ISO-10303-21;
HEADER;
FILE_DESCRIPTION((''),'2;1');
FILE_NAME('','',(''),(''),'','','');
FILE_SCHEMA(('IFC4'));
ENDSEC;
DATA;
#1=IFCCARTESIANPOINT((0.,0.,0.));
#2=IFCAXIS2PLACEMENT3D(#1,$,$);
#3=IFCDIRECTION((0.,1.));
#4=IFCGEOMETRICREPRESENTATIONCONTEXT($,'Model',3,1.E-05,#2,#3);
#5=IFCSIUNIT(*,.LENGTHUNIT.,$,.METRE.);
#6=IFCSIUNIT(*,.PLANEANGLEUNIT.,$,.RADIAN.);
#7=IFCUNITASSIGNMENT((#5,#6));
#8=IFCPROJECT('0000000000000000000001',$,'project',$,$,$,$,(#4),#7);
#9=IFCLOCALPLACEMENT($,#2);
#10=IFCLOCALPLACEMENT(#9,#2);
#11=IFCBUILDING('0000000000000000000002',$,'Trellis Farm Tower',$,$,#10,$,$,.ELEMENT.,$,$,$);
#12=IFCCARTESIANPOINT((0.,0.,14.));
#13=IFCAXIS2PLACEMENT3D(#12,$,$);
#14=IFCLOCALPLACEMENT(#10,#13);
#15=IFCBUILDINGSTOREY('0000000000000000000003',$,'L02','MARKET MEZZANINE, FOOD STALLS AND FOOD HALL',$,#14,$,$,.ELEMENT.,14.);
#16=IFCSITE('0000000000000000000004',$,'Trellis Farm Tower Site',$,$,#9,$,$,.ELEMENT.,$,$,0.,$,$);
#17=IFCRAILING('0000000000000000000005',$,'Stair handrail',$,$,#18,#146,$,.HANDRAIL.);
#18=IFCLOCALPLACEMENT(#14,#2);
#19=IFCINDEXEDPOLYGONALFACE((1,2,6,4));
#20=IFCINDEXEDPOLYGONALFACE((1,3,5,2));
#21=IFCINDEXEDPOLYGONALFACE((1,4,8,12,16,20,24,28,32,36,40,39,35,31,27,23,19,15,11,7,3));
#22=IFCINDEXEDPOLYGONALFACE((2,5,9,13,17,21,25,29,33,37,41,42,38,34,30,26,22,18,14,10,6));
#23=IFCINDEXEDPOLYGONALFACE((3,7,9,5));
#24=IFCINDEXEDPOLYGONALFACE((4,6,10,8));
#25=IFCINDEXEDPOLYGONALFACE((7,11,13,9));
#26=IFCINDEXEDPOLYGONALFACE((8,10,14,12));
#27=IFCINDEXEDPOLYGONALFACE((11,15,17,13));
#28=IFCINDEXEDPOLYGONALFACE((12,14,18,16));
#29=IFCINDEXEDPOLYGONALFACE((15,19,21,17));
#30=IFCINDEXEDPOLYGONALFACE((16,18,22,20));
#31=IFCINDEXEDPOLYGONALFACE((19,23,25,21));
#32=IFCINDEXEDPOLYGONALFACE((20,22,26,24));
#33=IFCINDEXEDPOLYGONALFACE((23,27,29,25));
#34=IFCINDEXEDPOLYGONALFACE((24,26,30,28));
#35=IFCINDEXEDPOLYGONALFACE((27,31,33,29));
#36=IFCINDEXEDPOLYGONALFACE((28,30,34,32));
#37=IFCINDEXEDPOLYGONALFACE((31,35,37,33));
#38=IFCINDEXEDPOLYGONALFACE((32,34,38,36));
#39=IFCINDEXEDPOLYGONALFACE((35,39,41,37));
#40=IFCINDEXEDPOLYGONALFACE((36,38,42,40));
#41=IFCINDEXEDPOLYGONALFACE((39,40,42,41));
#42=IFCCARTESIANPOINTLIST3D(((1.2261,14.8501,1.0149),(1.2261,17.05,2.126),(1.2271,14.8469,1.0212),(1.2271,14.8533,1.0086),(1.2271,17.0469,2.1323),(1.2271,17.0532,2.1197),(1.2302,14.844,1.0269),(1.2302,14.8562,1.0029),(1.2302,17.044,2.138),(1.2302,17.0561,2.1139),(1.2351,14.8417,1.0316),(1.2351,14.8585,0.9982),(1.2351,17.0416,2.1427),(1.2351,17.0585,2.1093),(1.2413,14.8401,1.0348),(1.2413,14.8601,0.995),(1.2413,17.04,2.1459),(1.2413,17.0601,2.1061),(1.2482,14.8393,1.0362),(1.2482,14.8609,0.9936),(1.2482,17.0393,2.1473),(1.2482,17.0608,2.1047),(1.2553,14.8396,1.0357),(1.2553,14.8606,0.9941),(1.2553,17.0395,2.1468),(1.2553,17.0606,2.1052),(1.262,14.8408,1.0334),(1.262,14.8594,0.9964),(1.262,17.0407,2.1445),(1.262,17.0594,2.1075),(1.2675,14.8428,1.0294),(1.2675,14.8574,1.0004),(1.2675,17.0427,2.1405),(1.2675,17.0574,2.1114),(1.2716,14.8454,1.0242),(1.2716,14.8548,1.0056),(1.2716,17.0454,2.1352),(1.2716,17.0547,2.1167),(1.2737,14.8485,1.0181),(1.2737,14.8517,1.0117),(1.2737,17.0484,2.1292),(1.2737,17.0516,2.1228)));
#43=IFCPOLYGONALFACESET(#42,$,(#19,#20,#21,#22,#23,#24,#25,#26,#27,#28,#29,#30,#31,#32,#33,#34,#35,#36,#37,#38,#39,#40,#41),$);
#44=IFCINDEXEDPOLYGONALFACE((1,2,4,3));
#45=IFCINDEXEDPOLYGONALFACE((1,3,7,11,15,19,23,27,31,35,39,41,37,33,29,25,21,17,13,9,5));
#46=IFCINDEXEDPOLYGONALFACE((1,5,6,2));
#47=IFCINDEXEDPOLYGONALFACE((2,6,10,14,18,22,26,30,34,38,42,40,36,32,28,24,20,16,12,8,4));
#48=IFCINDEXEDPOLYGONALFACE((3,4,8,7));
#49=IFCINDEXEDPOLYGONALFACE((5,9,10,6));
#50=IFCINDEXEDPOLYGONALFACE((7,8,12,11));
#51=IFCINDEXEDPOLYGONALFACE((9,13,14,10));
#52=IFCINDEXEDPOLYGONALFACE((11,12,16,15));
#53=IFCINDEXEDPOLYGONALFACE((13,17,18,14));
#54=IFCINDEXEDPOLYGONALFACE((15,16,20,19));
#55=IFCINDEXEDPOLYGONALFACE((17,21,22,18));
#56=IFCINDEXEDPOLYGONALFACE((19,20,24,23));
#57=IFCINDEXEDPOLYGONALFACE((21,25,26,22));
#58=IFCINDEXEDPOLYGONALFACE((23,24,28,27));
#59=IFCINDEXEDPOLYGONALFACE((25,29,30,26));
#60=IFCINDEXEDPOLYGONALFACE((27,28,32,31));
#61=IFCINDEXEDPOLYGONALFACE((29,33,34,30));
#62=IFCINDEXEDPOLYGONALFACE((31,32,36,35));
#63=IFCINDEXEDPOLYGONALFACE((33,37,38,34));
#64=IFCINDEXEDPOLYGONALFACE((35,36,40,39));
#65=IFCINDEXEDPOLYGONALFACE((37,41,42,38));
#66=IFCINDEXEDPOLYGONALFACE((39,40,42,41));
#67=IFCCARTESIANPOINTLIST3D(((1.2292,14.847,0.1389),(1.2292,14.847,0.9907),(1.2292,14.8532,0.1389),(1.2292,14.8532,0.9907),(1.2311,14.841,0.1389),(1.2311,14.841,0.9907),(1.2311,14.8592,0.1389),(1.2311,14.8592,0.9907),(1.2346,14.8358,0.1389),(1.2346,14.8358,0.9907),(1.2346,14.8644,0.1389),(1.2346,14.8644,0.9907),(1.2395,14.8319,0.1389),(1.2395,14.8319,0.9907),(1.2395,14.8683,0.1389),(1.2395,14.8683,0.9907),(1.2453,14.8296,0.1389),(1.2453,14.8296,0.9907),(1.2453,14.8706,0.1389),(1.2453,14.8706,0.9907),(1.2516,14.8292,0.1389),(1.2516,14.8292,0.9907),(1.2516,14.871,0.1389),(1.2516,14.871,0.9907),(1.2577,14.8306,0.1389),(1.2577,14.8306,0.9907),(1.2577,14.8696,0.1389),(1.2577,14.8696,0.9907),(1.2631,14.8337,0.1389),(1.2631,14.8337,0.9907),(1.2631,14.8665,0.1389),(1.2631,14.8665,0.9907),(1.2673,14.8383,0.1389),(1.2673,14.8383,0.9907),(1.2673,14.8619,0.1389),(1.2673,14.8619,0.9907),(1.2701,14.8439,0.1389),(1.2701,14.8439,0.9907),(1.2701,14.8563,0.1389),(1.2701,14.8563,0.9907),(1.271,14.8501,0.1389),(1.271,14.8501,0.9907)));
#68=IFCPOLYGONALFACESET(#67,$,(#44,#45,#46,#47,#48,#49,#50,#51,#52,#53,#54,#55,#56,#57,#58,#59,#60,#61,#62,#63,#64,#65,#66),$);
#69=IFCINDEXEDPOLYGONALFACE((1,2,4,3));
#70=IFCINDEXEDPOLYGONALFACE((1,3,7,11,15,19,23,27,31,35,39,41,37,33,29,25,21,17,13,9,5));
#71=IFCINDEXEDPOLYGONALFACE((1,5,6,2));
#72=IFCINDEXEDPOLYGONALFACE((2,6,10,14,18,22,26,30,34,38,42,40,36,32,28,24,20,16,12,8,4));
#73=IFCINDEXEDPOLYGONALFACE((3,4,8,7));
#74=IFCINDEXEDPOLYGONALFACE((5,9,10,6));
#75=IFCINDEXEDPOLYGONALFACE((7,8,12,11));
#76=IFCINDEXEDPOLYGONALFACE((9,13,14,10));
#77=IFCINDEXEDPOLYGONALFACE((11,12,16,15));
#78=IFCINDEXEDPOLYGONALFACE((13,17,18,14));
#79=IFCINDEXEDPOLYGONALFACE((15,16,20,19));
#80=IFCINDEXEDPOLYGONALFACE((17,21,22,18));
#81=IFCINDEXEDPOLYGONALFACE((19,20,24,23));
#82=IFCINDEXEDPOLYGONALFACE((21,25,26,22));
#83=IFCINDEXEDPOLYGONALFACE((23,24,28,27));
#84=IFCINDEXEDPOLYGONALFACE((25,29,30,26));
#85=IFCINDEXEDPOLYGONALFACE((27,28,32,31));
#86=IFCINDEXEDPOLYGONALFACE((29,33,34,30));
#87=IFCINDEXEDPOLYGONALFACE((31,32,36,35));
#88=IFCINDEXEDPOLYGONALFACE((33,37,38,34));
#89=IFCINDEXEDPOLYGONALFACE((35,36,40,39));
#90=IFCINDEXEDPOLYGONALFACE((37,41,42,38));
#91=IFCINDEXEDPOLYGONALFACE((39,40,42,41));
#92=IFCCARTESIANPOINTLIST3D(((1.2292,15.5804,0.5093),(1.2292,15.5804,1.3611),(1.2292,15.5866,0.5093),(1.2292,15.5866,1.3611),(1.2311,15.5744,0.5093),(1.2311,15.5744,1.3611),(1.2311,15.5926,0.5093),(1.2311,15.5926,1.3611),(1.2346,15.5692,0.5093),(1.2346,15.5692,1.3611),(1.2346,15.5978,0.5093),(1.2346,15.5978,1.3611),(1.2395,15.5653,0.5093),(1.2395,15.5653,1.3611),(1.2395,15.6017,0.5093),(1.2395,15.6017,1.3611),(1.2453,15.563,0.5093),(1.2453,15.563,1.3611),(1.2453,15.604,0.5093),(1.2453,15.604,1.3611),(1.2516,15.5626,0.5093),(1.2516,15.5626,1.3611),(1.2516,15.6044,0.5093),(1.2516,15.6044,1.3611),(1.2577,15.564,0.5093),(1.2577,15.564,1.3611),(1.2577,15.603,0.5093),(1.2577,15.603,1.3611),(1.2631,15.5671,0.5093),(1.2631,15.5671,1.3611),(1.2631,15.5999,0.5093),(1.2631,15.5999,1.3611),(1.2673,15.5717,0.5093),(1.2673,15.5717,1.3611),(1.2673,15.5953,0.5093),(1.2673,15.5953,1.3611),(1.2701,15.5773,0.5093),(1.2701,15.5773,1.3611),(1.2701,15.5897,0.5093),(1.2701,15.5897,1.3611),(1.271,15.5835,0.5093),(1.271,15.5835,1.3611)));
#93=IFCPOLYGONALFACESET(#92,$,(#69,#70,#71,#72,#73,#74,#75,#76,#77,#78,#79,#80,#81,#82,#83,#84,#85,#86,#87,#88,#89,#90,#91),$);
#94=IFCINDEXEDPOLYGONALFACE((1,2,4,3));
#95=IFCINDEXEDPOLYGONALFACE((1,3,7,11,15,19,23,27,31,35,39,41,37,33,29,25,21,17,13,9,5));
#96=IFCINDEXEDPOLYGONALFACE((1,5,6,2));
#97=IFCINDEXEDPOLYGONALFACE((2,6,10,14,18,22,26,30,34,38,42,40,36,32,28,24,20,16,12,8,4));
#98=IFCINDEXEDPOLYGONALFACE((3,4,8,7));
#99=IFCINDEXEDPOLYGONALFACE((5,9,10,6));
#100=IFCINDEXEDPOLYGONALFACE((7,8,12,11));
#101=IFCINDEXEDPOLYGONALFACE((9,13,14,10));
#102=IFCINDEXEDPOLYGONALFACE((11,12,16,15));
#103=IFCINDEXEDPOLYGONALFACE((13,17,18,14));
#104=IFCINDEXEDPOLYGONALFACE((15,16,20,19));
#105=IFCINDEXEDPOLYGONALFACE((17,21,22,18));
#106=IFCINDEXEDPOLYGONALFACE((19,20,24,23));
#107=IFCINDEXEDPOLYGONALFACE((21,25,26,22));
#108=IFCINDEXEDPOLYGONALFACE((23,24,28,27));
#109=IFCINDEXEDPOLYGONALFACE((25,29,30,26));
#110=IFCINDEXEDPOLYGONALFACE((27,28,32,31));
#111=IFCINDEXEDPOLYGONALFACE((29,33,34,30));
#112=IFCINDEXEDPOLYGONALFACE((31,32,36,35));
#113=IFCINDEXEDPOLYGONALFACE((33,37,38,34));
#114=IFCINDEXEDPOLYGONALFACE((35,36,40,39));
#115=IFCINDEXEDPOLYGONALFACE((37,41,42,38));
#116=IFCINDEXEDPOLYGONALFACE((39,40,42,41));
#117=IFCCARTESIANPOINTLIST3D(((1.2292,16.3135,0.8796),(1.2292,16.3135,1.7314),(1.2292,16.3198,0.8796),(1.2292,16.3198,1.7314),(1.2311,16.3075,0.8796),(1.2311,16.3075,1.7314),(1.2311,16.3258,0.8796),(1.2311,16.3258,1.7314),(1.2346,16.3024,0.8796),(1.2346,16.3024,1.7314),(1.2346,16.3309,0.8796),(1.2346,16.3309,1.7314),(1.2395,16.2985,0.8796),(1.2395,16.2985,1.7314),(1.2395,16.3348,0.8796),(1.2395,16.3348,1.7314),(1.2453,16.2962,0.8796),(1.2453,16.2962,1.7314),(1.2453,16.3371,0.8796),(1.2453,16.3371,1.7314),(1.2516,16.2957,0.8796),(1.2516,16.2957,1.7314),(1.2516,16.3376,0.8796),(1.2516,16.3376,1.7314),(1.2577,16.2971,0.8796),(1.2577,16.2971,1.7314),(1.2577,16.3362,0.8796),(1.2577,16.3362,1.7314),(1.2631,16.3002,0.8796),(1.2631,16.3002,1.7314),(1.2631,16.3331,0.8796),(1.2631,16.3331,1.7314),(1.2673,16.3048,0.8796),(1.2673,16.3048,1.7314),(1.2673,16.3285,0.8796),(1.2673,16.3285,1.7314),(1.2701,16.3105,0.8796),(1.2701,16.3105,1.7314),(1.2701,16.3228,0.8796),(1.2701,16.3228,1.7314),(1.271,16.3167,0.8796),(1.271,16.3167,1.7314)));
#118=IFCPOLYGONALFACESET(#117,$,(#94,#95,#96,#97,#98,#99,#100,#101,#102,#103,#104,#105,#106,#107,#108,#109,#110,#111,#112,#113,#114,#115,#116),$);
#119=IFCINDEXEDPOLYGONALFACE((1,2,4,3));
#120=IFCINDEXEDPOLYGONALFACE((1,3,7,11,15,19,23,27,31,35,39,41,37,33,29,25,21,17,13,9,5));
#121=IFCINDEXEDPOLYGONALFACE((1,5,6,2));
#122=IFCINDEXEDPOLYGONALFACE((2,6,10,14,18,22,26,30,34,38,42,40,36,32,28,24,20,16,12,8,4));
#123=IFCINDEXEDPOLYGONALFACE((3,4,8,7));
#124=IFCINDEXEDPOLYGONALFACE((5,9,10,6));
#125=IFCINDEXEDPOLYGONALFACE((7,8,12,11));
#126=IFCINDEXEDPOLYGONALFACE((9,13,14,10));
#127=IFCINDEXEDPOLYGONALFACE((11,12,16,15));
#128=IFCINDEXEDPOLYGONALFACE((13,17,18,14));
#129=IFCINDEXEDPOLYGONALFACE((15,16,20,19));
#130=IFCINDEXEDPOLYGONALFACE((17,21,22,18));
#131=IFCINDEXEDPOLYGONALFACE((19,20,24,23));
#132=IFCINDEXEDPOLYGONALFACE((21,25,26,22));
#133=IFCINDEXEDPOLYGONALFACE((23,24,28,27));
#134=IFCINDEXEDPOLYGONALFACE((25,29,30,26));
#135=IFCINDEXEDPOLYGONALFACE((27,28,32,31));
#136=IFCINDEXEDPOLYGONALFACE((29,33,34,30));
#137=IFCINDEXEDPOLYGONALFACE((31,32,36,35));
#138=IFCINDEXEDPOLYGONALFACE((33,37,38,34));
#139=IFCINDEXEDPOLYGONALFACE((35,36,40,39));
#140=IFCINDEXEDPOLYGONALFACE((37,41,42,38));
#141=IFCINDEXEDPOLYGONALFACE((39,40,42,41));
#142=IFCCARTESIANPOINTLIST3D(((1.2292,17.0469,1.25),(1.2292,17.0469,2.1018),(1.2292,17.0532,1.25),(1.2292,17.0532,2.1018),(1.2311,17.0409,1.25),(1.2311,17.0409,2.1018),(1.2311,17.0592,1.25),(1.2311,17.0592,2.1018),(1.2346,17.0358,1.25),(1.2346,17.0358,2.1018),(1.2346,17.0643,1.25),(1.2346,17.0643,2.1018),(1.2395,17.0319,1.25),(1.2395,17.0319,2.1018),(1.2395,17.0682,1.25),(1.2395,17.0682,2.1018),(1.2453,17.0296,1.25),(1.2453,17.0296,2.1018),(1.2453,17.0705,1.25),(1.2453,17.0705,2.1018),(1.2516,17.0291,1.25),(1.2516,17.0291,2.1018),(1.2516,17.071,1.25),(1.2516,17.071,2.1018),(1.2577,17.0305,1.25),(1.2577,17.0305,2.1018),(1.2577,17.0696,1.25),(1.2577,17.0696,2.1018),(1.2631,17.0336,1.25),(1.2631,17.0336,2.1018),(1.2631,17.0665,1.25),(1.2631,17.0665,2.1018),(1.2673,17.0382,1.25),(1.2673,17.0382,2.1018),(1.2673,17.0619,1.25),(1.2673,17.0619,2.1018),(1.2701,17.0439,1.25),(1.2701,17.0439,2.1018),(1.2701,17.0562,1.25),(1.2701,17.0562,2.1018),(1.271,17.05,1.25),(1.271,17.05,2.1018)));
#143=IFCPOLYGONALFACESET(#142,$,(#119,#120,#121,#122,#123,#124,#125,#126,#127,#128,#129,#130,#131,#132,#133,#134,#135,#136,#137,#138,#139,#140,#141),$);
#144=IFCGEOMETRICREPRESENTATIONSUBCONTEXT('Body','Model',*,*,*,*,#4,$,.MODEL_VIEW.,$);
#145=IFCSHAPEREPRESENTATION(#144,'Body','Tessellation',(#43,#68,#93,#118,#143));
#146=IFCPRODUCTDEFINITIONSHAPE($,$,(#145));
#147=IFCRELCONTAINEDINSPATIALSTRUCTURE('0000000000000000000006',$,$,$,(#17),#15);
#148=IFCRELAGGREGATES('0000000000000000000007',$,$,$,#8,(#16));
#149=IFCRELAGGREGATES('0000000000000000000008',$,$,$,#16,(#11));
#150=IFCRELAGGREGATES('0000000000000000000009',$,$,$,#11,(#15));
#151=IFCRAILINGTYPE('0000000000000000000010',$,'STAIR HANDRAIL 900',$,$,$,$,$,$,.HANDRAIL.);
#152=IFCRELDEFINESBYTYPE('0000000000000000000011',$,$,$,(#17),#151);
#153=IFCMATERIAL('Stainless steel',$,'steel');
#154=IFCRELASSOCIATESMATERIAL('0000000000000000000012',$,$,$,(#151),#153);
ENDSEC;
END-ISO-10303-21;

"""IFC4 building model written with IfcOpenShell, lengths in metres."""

from ifc_helpers import new_model, si_unit, direction, frame, origin, origin_2d, place, context, subcontext, project, spatial, circle, extrude, source, transform, mapped, material, type_object, element, save


model = new_model("IFC4")

# Units and contexts
model_context = context("Model", 3, precision=1e-05, world=origin(), true_north=direction((0.0, 1.0)))
body_context = subcontext(model_context, "Body", "Model", "MODEL_VIEW")
ifc_project = project(units=[si_unit("LENGTHUNIT", "METRE"), si_unit("PLANEANGLEUNIT", "RADIAN")], contexts=[model_context])

# Site, building, storey
site_placement = place(None, origin())
site = spatial("IfcSite", under=ifc_project, at=site_placement, Name="Trellis Farm Tower Site", CompositionType="ELEMENT", RefElevation=0.0)
building_placement = place(site_placement, origin())
building = spatial("IfcBuilding", under=site, at=building_placement, Name="Trellis Farm Tower", CompositionType="ELEMENT")
storey_placement = place(building_placement, frame((0.0, 0.0, 14.0)))
storey = spatial("IfcBuildingStorey", under=building, at=storey_placement, Name="L02", Description="MARKET MEZZANINE, FOOD STALLS AND FOOD HALL", CompositionType="ELEMENT", Elevation=14.0)

# Shared definitions
ifc_material_1 = material(Name="Stainless steel", Category="steel")

# Railing
railing_type = type_object("IfcRailingType", Name="STAIR HANDRAIL 900", PredefinedType="HANDRAIL", material=ifc_material_1)
shared_shape_1 = source(origin(), body_context, "Body", "SweptSolid", [
    extrude(circle(Radius=0.0239, at=origin_2d()), frame((0.0, 0.0, 0.876), z_axis=(0.0, 0.892617, 0.450816), x_axis=(-1.0, 0.0, 0.0)), (0.0, 0.0, 1.0), 2.4646),
    extrude(circle(Radius=0.021, at=origin_2d()), origin(), (0.0, 0.0, 1.0), 0.8518),
    extrude(circle(Radius=0.021, at=origin_2d()), frame((0.0, 0.7334, 0.3704)), (0.0, 0.0, 1.0), 0.8518),
    extrude(circle(Radius=0.021, at=origin_2d()), frame((0.0, 1.4666, 0.7407)), (0.0, 0.0, 1.0), 0.8518),
    extrude(circle(Radius=0.021, at=origin_2d()), frame((0.0, 2.2, 1.1111)), (0.0, 0.0, 1.0), 0.8518),
])
for number, where, name in (
    (1, (1.25, 14.8501, 0.1389), "Stair handrail"),
):
    element("IfcRailing", number, at=place(storey_placement, frame(where)), inside=storey, type_object=railing_type, Name=name, PredefinedType="HANDRAIL", context=body_context, shape_type="MappedRepresentation", body=[
        mapped(shared_shape_1, transform((0.0, 0.0, 0.0))),
    ])

save(model, "model.ifc")
